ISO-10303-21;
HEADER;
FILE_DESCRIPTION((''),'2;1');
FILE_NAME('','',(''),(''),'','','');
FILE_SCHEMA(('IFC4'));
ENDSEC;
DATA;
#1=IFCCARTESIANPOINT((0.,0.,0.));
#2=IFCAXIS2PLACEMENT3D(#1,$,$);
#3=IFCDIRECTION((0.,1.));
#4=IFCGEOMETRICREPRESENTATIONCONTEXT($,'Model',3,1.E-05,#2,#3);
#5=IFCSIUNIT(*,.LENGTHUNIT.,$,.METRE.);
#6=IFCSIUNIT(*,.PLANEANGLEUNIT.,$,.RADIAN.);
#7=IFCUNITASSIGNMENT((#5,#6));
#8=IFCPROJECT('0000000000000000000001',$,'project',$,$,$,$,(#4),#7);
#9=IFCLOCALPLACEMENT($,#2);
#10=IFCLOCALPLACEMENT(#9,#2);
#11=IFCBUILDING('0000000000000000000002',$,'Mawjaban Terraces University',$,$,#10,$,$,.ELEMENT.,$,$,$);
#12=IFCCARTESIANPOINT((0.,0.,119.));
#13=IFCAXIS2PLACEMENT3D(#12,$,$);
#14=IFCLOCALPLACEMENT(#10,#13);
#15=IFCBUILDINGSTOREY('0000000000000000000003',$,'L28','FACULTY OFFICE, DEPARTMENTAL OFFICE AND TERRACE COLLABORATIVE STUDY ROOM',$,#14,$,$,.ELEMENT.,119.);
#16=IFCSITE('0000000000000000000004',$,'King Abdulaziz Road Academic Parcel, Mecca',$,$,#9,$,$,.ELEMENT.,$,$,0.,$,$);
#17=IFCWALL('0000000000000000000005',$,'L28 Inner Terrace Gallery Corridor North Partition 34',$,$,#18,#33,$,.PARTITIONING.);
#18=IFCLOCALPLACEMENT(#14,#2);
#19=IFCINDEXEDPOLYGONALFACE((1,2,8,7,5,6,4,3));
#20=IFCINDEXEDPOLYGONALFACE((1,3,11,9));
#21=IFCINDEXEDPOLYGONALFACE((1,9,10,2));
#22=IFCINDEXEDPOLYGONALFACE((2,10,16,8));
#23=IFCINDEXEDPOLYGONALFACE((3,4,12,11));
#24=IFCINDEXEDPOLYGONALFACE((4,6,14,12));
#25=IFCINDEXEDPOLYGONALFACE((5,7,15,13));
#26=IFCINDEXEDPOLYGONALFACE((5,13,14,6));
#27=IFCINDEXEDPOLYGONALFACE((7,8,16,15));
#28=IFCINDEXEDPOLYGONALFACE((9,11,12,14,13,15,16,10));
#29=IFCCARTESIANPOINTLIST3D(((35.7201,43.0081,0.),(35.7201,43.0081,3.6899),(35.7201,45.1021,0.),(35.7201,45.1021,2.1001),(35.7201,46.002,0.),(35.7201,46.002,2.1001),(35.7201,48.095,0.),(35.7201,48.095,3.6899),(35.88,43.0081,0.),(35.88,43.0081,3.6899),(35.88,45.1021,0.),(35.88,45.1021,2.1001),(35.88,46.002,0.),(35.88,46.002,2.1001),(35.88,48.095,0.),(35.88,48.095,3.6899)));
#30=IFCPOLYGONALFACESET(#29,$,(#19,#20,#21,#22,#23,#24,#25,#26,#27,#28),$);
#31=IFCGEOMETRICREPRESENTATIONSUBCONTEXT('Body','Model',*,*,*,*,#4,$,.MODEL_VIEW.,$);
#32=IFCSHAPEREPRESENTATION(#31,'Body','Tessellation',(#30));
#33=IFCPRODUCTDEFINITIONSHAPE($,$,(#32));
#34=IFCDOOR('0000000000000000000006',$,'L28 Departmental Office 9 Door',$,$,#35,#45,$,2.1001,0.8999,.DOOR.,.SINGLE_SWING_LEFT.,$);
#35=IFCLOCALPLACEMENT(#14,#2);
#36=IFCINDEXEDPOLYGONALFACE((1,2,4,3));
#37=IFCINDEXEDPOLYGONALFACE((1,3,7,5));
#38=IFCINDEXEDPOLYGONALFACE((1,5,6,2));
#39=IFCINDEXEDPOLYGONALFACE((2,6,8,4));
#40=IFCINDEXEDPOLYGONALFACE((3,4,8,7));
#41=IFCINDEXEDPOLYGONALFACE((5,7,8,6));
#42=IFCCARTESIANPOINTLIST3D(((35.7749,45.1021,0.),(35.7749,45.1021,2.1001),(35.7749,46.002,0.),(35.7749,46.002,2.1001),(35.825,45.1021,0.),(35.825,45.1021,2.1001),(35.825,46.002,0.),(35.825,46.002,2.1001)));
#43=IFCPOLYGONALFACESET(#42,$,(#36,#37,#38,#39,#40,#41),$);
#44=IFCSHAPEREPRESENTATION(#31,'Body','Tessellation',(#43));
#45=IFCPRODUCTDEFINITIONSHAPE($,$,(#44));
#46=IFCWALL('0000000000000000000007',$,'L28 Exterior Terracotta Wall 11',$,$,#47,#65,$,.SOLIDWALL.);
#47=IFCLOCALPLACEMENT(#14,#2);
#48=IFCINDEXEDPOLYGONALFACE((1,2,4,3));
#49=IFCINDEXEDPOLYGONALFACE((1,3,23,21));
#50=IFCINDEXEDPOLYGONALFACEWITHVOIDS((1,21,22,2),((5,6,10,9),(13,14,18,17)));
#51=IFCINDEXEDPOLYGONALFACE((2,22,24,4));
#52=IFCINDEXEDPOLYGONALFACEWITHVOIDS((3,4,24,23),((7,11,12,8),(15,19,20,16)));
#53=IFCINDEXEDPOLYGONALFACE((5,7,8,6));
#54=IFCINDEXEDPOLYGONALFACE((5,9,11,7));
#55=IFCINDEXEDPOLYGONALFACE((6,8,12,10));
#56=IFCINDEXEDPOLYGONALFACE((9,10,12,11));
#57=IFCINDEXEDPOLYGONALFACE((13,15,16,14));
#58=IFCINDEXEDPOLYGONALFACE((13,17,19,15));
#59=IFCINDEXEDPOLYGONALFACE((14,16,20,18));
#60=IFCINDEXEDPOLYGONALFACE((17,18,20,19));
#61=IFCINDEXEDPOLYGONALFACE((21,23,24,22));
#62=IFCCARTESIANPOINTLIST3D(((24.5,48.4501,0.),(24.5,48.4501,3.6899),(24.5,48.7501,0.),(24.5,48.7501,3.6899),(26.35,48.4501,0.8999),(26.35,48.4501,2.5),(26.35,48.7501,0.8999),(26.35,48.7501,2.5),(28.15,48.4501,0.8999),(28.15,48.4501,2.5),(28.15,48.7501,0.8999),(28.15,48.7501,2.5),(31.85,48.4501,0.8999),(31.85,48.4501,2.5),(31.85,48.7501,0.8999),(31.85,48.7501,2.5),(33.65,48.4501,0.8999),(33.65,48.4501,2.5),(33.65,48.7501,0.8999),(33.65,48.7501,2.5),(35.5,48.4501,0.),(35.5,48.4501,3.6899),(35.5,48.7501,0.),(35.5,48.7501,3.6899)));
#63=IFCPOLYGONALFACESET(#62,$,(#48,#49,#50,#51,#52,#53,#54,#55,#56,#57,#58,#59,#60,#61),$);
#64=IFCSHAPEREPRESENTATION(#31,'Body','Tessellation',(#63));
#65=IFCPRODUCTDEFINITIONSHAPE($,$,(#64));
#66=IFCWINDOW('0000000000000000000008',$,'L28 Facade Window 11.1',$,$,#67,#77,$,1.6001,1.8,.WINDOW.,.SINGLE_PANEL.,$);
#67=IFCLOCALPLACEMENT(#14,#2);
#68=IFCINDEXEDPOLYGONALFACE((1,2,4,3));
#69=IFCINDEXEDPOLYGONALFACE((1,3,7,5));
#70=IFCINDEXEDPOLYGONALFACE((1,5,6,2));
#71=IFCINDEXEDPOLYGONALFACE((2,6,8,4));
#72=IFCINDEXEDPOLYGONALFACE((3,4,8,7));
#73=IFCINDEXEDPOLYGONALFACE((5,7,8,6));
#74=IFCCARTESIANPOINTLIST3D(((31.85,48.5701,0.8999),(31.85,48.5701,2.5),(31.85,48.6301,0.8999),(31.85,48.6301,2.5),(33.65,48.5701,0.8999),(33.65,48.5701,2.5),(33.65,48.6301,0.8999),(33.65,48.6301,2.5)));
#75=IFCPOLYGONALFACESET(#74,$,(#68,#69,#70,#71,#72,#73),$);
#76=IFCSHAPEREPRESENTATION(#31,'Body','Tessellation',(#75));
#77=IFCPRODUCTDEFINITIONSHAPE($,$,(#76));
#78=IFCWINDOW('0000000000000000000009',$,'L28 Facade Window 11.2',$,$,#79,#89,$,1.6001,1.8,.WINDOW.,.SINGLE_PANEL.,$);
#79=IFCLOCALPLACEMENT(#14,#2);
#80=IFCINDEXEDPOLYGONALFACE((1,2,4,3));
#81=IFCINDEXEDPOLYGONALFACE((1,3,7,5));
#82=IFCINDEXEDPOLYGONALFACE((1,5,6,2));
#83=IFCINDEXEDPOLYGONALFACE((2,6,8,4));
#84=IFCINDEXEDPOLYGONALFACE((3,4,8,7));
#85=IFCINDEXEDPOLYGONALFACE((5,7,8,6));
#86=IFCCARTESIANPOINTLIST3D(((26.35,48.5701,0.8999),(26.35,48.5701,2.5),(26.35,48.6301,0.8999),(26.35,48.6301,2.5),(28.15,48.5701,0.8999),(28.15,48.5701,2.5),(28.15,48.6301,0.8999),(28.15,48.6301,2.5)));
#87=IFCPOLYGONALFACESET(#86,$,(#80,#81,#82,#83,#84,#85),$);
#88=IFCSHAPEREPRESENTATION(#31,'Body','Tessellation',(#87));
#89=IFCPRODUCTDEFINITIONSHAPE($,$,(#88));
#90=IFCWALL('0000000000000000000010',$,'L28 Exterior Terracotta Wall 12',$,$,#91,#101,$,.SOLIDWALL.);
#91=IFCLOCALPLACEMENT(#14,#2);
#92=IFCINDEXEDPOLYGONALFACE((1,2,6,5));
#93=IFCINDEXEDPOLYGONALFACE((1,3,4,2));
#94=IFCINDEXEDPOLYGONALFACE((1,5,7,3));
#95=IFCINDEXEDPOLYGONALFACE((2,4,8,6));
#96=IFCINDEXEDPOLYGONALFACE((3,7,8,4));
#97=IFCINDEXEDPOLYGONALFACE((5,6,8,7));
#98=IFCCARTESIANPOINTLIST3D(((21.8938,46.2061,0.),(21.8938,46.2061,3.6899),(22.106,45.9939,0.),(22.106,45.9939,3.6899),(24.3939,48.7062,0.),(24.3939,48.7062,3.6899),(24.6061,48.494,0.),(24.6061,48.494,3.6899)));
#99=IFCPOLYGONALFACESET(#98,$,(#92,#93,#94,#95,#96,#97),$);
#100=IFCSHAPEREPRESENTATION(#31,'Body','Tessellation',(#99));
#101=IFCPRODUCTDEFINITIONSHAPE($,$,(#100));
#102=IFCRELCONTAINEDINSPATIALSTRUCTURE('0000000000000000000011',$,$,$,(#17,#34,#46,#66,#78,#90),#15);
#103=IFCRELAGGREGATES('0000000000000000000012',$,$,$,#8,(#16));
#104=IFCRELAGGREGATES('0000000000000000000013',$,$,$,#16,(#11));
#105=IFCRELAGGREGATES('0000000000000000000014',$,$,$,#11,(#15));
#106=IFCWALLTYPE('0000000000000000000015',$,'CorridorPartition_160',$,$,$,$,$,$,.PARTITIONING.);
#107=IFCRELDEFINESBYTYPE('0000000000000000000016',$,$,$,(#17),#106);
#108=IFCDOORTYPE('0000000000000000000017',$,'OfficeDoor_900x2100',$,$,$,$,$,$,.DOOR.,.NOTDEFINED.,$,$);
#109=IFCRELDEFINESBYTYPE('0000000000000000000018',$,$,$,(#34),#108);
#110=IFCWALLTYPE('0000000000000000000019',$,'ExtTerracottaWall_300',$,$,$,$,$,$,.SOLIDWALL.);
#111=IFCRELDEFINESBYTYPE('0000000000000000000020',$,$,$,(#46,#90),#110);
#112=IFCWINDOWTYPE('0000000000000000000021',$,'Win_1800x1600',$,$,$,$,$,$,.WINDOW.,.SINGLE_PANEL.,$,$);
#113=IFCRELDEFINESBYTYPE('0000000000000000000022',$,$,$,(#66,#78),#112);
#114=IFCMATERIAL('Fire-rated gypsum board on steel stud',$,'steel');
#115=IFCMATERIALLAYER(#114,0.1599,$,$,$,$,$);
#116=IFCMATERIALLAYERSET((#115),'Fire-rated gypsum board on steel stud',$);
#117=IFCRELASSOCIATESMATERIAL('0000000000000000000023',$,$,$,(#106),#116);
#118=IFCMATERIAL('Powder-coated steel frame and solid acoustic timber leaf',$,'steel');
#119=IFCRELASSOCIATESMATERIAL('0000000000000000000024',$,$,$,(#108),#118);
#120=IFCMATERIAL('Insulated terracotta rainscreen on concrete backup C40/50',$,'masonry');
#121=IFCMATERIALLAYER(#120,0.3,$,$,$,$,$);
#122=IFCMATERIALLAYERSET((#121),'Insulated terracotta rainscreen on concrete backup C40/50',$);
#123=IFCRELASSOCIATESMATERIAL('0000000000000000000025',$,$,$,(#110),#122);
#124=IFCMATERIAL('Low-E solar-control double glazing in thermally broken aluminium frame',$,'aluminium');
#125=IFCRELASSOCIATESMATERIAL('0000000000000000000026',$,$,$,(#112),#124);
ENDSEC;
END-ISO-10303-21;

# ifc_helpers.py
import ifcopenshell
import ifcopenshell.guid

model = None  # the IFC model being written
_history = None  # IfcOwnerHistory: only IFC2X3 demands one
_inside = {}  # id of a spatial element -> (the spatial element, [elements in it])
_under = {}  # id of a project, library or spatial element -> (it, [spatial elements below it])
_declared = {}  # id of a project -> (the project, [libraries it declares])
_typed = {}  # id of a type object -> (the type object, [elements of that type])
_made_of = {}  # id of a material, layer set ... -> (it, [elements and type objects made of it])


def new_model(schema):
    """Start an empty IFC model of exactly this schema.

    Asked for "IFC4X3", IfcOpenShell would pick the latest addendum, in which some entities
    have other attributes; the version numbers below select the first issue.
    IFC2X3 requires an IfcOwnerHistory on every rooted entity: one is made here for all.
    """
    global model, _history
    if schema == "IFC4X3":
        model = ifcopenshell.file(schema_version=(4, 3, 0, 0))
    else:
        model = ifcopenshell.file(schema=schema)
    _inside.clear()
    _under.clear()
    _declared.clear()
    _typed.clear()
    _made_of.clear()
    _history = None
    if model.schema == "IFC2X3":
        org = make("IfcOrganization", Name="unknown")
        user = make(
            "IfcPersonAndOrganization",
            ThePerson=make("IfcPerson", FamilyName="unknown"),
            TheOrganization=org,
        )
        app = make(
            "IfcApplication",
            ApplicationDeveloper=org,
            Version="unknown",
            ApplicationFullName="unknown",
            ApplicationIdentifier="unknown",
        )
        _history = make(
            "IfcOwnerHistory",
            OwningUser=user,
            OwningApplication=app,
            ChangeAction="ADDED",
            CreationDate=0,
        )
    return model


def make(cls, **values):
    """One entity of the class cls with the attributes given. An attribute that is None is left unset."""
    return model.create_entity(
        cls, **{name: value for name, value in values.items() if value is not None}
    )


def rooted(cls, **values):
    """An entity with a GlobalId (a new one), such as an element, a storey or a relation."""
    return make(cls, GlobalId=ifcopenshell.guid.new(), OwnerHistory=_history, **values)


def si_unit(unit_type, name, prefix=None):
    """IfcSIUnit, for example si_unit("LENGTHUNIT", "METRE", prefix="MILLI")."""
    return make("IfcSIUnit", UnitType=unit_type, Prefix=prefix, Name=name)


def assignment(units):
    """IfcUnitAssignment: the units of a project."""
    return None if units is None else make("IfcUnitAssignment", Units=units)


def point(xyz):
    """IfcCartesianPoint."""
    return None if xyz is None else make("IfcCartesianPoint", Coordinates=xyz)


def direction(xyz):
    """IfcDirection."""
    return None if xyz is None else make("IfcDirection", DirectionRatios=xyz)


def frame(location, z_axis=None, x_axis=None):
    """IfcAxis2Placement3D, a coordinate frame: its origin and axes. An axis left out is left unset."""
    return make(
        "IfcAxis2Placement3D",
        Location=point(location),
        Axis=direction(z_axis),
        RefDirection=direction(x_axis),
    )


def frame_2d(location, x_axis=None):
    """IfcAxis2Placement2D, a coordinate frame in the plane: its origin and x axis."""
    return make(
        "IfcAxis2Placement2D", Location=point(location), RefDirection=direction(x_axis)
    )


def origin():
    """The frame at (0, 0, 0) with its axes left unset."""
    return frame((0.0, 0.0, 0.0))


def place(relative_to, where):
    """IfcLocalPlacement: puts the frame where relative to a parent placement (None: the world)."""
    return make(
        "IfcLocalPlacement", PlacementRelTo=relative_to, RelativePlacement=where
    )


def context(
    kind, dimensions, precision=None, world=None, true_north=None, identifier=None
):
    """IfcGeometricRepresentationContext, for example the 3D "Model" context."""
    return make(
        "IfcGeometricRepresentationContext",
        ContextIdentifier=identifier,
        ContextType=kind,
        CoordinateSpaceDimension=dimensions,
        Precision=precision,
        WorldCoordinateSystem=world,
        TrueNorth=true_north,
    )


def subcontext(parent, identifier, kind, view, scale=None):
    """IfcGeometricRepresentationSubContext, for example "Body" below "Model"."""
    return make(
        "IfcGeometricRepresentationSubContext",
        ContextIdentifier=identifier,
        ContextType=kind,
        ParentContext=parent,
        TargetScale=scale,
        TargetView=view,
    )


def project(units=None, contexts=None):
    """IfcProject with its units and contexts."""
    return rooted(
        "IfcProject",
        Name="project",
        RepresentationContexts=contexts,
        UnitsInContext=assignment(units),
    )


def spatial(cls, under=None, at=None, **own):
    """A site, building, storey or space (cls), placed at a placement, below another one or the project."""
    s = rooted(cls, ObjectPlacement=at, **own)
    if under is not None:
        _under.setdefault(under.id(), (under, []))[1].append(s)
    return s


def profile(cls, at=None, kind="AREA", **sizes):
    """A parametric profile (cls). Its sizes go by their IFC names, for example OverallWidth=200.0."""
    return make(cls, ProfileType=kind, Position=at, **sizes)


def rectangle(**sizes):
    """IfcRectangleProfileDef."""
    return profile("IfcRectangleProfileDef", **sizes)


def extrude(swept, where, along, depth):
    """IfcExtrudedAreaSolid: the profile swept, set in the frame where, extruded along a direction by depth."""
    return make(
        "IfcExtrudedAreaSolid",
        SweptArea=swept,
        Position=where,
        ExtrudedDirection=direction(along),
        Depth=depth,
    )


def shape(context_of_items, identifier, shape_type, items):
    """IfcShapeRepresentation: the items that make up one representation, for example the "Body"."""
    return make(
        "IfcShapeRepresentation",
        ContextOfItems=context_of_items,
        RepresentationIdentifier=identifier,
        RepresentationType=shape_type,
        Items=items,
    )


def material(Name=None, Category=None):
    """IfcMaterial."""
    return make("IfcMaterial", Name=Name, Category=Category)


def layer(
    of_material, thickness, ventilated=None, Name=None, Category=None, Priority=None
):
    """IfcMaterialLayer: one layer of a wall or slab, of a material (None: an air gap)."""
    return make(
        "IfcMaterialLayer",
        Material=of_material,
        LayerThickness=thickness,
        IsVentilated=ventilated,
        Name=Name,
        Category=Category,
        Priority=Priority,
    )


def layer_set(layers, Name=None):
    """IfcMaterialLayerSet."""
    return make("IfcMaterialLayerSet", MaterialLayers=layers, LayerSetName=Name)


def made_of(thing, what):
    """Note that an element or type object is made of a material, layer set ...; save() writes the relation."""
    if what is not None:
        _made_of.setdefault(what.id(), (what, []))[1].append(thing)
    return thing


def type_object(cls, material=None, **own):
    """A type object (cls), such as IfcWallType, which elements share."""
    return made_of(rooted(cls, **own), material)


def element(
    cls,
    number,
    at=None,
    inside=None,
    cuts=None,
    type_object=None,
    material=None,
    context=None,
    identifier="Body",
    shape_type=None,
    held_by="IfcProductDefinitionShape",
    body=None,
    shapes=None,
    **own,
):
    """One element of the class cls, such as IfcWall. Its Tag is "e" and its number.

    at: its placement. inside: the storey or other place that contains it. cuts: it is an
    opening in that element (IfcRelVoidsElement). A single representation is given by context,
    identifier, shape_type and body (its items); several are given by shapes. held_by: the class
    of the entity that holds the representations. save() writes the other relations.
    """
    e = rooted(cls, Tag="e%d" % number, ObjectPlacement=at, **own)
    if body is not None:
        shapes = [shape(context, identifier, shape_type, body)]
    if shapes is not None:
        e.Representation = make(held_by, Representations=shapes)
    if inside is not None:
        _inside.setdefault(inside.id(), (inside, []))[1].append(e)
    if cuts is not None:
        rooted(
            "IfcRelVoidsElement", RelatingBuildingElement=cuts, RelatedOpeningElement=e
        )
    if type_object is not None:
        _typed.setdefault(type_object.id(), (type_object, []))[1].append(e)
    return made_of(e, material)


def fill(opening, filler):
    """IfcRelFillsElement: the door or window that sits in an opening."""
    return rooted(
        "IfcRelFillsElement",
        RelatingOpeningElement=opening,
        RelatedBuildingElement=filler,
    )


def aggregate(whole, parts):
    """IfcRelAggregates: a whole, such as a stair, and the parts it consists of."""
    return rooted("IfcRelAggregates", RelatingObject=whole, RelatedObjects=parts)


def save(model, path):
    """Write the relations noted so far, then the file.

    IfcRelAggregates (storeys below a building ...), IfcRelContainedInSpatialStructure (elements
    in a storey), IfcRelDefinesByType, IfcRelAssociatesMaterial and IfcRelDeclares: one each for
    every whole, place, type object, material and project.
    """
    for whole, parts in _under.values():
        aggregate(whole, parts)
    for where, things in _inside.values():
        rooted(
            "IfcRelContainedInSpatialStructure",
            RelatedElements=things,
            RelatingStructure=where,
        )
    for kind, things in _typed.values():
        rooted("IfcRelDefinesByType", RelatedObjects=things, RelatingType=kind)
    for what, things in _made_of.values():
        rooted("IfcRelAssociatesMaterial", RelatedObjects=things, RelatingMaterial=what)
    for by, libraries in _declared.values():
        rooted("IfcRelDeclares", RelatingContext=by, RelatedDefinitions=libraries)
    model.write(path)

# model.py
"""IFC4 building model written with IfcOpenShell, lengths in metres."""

from ifc_helpers import new_model, si_unit, direction, frame, frame_2d, origin, place, context, subcontext, project, spatial, rectangle, extrude, material, layer, layer_set, type_object, element, fill, save


model = new_model("IFC4")

# Units and contexts
model_context = context("Model", 3, precision=1e-05, world=origin(), true_north=direction((0.0, 1.0)))
body_context = subcontext(model_context, "Body", "Model", "MODEL_VIEW")
ifc_project = project(units=[si_unit("LENGTHUNIT", "METRE"), si_unit("PLANEANGLEUNIT", "RADIAN")], contexts=[model_context])

# Site, building, storey
site_placement = place(None, origin())
site = spatial("IfcSite", under=ifc_project, at=site_placement, Name="King Abdulaziz Road Academic Parcel, Mecca", CompositionType="ELEMENT", RefElevation=0.0)
building_placement = place(site_placement, origin())
building = spatial("IfcBuilding", under=site, at=building_placement, Name="Mawjaban Terraces University", CompositionType="ELEMENT")
storey_placement = place(building_placement, frame((0.0, 0.0, 119.0)))
storey = spatial("IfcBuildingStorey", under=building, at=storey_placement, Name="L28", Description="FACULTY OFFICE, DEPARTMENTAL OFFICE AND TERRACE COLLABORATIVE STUDY ROOM", CompositionType="ELEMENT", Elevation=119.0)

# Wall, opening, door
ifc_material_1 = material(Name="Fire-rated gypsum board on steel stud", Category="steel")
ifc_layer_1 = layer(ifc_material_1, 0.1599)
ifc_layer_set_1 = layer_set([ifc_layer_1], Name="Fire-rated gypsum board on steel stud")
wall_type_1 = type_object("IfcWallType", Name="CorridorPartition_160", PredefinedType="PARTITIONING", material=ifc_layer_set_1)
ifc_material_2 = material(Name="Powder-coated steel frame and solid acoustic timber leaf", Category="steel")
door_type_1 = type_object("IfcDoorType", Name="OfficeDoor_900x2100", OperationType="NOTDEFINED", PredefinedType="DOOR", material=ifc_material_2)
wall_1_placement = place(storey_placement, frame((35.8, 48.095, 0.0), z_axis=(0.0, 0.0, 1.0), x_axis=(0.0, -1.0, 0.0)))
wall_1 = element("IfcWall", 1, at=wall_1_placement, inside=storey, type_object=wall_type_1, Name="L28 Inner Terrace Gallery Corridor North Partition 34", PredefinedType="PARTITIONING", context=body_context, shape_type="SweptSolid", body=[
    extrude(rectangle(XDim=5.0869, YDim=0.1599, at=frame_2d((2.5435, 0.0))), origin(), (0.0, 0.0, 1.0), 3.6899),
])
opening_1_placement = place(wall_1_placement, frame((2.093, 0.0, 0.0)))
opening_1 = element("IfcOpeningElement", 2, at=opening_1_placement, cuts=wall_1, PredefinedType="OPENING", context=body_context, shape_type="SweptSolid", body=[
    extrude(rectangle(XDim=0.8999, YDim=2.1001, at=frame_2d((0.45, 1.05))), frame((0.0, 0.0898, 0.0), z_axis=(0.0, -1.0, 0.0), x_axis=(1.0, 0.0, 0.0)), (0.0, 0.0, 1.0), 0.1799),
])
door_1_placement = place(opening_1_placement, origin())
door_1 = element("IfcDoor", 3, at=door_1_placement, inside=storey, type_object=door_type_1, Name="L28 Departmental Office 9 Door", OperationType="SINGLE_SWING_LEFT", OverallHeight=2.1001, OverallWidth=0.8999, PredefinedType="DOOR", context=body_context, shape_type="SweptSolid", body=[
    extrude(rectangle(XDim=0.8999, YDim=2.1001, at=frame_2d((0.45, 1.05))), frame((0.0, 0.0249, 0.0), z_axis=(0.0, -1.0, 0.0), x_axis=(1.0, 0.0, 0.0)), (0.0, 0.0, 1.0), 0.05),
])
fill(opening_1, door_1)

# Wall, openings, windows
ifc_material_3 = material(Name="Insulated terracotta rainscreen on concrete backup C40/50", Category="masonry")
ifc_layer_2 = layer(ifc_material_3, 0.3)
ifc_layer_set_2 = layer_set([ifc_layer_2], Name="Insulated terracotta rainscreen on concrete backup C40/50")
wall_type_2 = type_object("IfcWallType", Name="ExtTerracottaWall_300", PredefinedType="SOLIDWALL", material=ifc_layer_set_2)
wall_2_placement = place(storey_placement, frame((35.5, 48.6001, 0.0), z_axis=(0.0, 0.0, 1.0), x_axis=(-1.0, 0.0, 0.0)))
wall_2 = element("IfcWall", 4, at=wall_2_placement, inside=storey, type_object=wall_type_2, Name="L28 Exterior Terracotta Wall 11", PredefinedType="SOLIDWALL", context=body_context, shape_type="SweptSolid", body=[
    extrude(rectangle(XDim=11.0, YDim=0.3, at=frame_2d((5.5, 0.0))), origin(), (0.0, 0.0, 1.0), 3.6899),
])
opening_2_placement = place(wall_2_placement, frame((1.8501, 0.0, 0.8999)))
opening_2 = element("IfcOpeningElement", 5, at=opening_2_placement, cuts=wall_2, PredefinedType="OPENING", context=body_context, shape_type="SweptSolid", body=[
    extrude(rectangle(XDim=1.8, YDim=1.6001, at=frame_2d((0.8999, 0.8))), frame((0.0, 0.1599, 0.0), z_axis=(0.0, -1.0, 0.0), x_axis=(1.0, 0.0, 0.0)), (0.0, 0.0, 1.0), 0.3201),
])
opening_3_placement = place(wall_2_placement, frame((7.3501, 0.0, 0.8999)))
opening_3 = element("IfcOpeningElement", 6, at=opening_3_placement, cuts=wall_2, PredefinedType="OPENING", context=body_context, shape_type="SweptSolid", body=[
    extrude(rectangle(XDim=1.8, YDim=1.6001, at=frame_2d((0.8999, 0.8))), frame((0.0, 0.1599, 0.0), z_axis=(0.0, -1.0, 0.0), x_axis=(1.0, 0.0, 0.0)), (0.0, 0.0, 1.0), 0.3201),
])
ifc_material_4 = material(Name="Low-E solar-control double glazing in thermally broken aluminium frame", Category="aluminium")
window_type_1 = type_object("IfcWindowType", Name="Win_1800x1600", PartitioningType="SINGLE_PANEL", PredefinedType="WINDOW", material=ifc_material_4)
window_1_placement = place(opening_2_placement, origin())
window_1 = element("IfcWindow", 7, at=window_1_placement, inside=storey, type_object=window_type_1, Name="L28 Facade Window 11.1", OverallHeight=1.6001, OverallWidth=1.8, PartitioningType="SINGLE_PANEL", PredefinedType="WINDOW", context=body_context, shape_type="SweptSolid", body=[
    extrude(rectangle(XDim=1.8, YDim=1.6001, at=frame_2d((0.8999, 0.8))), frame((0.0, 0.03, 0.0), z_axis=(0.0, -1.0, 0.0), x_axis=(1.0, 0.0, 0.0)), (0.0, 0.0, 1.0), 0.0601),
])
fill(opening_2, window_1)
window_2_placement = place(opening_3_placement, origin())
window_2 = element("IfcWindow", 8, at=window_2_placement, inside=storey, type_object=window_type_1, Name="L28 Facade Window 11.2", OverallHeight=1.6001, OverallWidth=1.8, PartitioningType="SINGLE_PANEL", PredefinedType="WINDOW", context=body_context, shape_type="SweptSolid", body=[
    extrude(rectangle(XDim=1.8, YDim=1.6001, at=frame_2d((0.8999, 0.8))), frame((0.0, 0.03, 0.0), z_axis=(0.0, -1.0, 0.0), x_axis=(1.0, 0.0, 0.0)), (0.0, 0.0, 1.0), 0.0601),
])
fill(opening_3, window_2)

# Wall
wall_3_placement = place(storey_placement, frame((24.5, 48.6001, 0.0), z_axis=(0.0, 0.0, 1.0), x_axis=(-0.707107, -0.707107, 0.0)))
element("IfcWall", 9, at=wall_3_placement, inside=storey, type_object=wall_type_2, Name="L28 Exterior Terracotta Wall 12", PredefinedType="SOLIDWALL", context=body_context, shape_type="SweptSolid", body=[
    extrude(rectangle(XDim=3.5356, YDim=0.3, at=frame_2d((1.7678, 0.0))), origin(), (0.0, 0.0, 1.0), 3.6899),
])

save(model, "model.ifc")
